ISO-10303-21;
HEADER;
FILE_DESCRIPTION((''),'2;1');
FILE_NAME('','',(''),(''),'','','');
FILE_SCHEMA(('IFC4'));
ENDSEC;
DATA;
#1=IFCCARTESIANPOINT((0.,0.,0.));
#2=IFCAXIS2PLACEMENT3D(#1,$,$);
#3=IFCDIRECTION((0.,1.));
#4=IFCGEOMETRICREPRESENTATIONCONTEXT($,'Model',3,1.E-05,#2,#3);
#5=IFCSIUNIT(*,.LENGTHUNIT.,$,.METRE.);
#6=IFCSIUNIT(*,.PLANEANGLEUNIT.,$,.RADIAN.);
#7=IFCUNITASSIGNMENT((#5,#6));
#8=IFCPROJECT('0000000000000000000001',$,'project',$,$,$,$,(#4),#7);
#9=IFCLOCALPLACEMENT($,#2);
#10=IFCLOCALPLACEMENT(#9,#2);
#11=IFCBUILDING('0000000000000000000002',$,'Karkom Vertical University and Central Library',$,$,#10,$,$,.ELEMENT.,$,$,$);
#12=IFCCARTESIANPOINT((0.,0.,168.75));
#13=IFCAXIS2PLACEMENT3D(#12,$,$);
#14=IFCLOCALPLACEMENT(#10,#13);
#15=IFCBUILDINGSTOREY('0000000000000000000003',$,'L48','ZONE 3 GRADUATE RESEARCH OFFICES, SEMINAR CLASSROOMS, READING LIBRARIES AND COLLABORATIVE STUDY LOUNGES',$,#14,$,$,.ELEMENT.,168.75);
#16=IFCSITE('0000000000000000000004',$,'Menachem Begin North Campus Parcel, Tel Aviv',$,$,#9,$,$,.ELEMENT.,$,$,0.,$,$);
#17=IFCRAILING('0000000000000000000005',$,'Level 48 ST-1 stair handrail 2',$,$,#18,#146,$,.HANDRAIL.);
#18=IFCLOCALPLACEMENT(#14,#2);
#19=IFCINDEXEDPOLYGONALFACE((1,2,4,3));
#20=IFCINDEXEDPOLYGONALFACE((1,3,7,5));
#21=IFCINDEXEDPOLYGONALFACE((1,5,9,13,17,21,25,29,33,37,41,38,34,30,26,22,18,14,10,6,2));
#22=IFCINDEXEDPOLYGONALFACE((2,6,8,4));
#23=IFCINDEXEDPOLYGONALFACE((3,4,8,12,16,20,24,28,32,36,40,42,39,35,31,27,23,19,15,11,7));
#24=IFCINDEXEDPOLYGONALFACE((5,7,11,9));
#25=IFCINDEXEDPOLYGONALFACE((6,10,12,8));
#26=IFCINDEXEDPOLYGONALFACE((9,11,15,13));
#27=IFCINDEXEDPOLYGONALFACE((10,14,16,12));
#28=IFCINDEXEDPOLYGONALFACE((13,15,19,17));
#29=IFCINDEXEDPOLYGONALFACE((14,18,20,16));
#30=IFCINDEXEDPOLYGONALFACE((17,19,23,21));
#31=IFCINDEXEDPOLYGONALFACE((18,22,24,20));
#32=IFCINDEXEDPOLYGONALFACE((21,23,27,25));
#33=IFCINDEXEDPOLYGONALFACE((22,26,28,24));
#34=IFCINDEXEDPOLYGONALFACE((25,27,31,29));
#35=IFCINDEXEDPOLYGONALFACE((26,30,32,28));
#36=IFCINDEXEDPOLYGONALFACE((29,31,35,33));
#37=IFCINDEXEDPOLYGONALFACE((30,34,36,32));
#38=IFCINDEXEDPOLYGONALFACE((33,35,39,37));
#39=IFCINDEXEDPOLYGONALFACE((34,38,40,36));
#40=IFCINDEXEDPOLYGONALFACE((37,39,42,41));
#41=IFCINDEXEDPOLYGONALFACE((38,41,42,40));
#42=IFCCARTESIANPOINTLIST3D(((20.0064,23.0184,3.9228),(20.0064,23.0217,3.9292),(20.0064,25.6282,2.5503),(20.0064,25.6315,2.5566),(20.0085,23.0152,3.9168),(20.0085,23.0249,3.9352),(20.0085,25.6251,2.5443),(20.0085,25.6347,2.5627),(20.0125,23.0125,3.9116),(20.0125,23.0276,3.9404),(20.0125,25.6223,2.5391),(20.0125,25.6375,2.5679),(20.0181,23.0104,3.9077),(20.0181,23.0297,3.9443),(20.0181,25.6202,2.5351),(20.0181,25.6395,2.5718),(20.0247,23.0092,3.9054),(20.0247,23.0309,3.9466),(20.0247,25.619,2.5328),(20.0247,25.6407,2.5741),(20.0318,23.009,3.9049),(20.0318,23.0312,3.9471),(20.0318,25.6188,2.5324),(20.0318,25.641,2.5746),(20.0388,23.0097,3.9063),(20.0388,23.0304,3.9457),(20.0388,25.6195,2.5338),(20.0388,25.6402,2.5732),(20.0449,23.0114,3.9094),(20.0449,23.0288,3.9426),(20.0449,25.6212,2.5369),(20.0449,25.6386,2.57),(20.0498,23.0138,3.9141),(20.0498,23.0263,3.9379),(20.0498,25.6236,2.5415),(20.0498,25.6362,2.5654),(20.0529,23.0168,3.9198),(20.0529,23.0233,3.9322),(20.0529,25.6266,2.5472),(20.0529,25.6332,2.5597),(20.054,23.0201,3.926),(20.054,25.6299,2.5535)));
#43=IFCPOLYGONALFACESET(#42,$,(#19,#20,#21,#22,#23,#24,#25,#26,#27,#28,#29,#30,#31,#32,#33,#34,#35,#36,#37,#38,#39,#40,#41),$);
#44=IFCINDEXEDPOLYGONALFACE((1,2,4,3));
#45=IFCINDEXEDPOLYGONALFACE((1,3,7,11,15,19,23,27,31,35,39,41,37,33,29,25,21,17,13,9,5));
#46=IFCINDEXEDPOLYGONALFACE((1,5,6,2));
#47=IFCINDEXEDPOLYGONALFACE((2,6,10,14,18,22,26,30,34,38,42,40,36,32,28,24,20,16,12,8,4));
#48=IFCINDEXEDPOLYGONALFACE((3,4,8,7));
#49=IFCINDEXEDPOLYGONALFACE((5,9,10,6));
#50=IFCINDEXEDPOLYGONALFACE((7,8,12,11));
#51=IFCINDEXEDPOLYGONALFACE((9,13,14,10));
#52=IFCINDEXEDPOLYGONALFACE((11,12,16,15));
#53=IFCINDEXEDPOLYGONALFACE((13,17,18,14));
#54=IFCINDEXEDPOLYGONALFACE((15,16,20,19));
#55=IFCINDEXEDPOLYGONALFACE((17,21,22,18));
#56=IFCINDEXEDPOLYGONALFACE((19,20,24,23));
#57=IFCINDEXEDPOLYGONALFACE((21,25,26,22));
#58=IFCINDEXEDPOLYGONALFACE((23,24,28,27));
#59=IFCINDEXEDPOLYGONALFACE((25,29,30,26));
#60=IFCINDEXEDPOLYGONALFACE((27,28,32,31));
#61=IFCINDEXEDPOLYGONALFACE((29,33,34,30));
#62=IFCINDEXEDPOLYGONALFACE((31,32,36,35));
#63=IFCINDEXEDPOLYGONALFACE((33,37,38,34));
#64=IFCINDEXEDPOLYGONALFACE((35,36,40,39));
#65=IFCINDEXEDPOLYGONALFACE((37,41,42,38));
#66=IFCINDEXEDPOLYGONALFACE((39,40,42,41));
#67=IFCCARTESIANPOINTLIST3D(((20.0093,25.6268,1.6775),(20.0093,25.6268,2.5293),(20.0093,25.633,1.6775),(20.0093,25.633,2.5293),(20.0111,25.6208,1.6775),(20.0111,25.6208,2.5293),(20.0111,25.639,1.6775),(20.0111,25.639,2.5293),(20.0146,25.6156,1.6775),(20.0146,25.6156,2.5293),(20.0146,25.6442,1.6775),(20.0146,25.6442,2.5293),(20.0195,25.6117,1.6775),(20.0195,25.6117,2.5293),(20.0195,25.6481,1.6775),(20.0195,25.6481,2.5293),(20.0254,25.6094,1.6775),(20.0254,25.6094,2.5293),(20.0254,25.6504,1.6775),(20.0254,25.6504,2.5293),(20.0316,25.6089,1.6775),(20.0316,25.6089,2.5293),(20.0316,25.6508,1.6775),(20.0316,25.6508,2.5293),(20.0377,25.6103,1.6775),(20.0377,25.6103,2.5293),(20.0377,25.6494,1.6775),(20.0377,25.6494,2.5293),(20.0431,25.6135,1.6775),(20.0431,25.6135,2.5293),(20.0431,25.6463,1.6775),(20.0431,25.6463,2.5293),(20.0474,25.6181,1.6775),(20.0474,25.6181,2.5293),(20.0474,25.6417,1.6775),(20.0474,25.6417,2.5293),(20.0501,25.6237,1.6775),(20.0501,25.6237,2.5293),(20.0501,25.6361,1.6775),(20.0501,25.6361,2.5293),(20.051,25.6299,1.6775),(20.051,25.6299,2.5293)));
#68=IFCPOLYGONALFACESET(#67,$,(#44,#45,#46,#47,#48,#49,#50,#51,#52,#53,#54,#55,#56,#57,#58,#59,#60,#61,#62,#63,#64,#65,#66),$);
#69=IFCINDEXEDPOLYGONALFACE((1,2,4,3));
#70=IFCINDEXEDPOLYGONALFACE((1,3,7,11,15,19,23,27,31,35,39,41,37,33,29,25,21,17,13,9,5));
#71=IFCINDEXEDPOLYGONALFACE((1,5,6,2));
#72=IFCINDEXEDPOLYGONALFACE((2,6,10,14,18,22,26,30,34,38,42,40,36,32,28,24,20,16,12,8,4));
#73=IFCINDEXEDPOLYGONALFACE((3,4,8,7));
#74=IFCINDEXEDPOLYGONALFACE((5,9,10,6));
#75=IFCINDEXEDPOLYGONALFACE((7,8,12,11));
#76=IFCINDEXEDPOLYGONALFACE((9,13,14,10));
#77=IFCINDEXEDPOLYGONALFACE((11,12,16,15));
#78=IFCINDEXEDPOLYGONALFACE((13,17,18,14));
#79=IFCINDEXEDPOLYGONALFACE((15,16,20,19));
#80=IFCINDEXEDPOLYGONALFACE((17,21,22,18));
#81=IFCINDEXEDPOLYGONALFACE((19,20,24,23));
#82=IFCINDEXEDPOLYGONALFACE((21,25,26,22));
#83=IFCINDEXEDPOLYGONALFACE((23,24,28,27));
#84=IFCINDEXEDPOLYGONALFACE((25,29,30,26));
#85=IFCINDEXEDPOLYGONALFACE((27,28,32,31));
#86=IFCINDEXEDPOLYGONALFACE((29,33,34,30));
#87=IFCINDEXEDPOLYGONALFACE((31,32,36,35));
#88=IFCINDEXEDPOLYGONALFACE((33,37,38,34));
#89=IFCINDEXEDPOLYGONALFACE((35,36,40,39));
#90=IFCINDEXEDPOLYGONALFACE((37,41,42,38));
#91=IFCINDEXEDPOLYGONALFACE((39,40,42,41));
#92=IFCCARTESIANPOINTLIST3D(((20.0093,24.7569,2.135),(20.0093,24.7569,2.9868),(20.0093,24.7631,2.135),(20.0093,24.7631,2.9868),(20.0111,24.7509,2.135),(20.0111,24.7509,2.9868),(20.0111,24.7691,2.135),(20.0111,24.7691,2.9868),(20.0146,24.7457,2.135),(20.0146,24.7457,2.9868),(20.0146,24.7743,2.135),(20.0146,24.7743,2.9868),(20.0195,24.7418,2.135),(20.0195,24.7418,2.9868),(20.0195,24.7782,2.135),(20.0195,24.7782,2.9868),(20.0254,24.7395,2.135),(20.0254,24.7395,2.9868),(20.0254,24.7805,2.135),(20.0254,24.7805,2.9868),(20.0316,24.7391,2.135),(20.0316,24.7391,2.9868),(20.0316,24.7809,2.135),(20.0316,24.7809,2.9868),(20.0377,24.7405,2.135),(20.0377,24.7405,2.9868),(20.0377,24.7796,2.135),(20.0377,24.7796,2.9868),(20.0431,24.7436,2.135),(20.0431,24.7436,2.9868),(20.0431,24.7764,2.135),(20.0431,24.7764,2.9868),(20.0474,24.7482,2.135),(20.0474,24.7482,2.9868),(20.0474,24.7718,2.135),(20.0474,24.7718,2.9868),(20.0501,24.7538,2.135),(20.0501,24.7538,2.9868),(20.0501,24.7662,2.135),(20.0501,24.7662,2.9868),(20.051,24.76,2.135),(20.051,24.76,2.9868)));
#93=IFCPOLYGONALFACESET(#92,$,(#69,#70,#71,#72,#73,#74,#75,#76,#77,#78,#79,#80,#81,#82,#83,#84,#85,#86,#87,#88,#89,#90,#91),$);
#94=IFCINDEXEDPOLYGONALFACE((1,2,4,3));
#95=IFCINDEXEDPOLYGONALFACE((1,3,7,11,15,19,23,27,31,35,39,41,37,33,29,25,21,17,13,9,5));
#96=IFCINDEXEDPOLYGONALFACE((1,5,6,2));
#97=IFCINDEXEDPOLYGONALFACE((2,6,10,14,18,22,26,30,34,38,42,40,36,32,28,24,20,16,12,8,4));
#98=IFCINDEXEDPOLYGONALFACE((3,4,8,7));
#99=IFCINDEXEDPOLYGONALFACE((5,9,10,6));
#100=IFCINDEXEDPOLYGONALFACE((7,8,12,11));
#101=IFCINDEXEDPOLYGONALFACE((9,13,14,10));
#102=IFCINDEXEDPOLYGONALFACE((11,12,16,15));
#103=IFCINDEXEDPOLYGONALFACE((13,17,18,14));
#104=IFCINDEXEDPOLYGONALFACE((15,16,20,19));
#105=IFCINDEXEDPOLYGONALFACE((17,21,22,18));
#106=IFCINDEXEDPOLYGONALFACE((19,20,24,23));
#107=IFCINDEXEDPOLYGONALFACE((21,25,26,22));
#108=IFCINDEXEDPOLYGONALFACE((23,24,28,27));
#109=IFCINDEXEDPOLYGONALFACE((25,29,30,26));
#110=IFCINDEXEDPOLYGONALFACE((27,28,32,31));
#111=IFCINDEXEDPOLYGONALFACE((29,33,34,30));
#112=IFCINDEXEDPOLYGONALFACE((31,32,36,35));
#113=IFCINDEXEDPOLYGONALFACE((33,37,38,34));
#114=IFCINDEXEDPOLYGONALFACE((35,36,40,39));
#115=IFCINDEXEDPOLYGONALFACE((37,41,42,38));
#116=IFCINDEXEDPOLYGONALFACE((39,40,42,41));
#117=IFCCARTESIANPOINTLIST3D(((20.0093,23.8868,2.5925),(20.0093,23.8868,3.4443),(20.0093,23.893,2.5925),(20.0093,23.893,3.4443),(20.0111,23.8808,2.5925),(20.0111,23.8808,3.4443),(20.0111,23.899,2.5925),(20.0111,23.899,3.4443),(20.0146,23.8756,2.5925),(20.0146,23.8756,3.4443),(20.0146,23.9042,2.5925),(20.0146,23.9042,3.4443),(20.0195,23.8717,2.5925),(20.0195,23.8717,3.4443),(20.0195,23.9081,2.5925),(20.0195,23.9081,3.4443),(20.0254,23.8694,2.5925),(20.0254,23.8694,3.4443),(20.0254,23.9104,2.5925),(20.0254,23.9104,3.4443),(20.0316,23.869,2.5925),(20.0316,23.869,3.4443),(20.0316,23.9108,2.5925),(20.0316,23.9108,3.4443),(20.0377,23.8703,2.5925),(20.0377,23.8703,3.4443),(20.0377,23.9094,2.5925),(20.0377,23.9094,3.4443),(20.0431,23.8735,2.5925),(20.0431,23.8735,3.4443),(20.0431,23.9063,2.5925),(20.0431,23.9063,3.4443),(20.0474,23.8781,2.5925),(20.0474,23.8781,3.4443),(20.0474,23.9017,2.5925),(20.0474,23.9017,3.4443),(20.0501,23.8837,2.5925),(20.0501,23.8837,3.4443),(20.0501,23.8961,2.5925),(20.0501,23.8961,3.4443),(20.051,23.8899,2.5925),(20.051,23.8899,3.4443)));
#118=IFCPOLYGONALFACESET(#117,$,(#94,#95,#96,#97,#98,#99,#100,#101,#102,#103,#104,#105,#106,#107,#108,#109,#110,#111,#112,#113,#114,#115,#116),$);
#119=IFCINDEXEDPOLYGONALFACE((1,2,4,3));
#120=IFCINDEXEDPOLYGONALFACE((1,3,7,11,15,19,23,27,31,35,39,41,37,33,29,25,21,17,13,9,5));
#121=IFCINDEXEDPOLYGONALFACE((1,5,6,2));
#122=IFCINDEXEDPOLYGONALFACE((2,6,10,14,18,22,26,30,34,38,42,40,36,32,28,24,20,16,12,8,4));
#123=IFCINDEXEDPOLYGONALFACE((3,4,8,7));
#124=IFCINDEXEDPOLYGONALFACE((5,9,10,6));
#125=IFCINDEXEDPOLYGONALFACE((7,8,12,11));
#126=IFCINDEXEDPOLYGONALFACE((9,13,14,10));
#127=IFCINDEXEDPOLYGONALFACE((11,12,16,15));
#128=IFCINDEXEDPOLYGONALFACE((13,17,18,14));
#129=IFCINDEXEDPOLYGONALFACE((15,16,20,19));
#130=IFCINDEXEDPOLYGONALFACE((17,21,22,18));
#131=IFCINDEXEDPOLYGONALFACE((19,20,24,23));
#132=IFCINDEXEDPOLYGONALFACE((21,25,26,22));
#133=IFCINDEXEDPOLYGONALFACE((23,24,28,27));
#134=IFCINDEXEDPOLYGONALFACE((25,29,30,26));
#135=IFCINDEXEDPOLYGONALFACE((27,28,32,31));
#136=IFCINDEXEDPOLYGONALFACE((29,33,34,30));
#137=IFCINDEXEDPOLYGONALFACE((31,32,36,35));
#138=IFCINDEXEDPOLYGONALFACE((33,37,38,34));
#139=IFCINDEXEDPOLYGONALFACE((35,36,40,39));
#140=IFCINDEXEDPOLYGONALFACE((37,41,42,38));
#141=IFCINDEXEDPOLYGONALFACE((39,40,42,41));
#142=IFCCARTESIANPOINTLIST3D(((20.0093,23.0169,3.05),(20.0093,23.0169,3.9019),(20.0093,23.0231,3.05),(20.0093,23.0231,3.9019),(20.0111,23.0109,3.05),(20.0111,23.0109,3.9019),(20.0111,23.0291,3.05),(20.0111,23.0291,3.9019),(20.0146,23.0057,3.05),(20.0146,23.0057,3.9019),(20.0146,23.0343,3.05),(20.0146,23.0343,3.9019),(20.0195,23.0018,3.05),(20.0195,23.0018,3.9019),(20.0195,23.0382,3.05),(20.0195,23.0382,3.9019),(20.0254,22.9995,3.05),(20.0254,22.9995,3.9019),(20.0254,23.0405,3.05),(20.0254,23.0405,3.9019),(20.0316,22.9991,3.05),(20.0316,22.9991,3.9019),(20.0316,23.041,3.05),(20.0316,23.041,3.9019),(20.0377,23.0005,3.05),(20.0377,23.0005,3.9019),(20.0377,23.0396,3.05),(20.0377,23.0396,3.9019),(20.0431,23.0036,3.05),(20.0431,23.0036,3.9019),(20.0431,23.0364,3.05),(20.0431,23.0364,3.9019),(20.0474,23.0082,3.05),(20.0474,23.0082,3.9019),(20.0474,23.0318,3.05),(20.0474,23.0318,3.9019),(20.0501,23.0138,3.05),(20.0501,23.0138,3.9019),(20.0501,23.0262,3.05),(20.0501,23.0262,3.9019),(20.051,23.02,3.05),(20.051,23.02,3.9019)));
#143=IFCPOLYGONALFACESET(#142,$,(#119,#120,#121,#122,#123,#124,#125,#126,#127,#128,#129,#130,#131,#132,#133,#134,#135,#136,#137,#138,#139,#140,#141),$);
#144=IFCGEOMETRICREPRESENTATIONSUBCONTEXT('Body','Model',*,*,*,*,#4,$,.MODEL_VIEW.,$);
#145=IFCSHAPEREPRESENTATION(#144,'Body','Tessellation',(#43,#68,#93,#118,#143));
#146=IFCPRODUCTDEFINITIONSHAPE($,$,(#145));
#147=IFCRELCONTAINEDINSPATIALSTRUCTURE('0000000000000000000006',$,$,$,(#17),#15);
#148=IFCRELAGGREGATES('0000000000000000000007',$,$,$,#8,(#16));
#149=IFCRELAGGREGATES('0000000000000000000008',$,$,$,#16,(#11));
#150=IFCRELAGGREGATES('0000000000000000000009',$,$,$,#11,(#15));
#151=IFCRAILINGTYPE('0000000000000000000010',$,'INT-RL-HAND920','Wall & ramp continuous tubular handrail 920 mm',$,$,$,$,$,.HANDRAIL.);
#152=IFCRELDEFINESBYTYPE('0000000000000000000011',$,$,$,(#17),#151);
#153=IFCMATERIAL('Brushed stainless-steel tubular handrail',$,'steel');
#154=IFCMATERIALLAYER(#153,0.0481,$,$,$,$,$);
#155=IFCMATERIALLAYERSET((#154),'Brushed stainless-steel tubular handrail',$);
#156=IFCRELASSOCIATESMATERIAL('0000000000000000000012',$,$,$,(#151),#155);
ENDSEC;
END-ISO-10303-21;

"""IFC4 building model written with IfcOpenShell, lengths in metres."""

from ifc_helpers import new_model, si_unit, direction, frame, origin, origin_2d, place, context, subcontext, project, spatial, circle, extrude, material, layer, layer_set, type_object, element, save


model = new_model("IFC4")

# Units and contexts
model_context = context("Model", 3, precision=1e-05, world=origin(), true_north=direction((0.0, 1.0)))
body_context = subcontext(model_context, "Body", "Model", "MODEL_VIEW")
ifc_project = project(units=[si_unit("LENGTHUNIT", "METRE"), si_unit("PLANEANGLEUNIT", "RADIAN")], contexts=[model_context])

# Site, building, storey
site_placement = place(None, origin())
site = spatial("IfcSite", under=ifc_project, at=site_placement, Name="Menachem Begin North Campus Parcel, Tel Aviv", CompositionType="ELEMENT", RefElevation=0.0)
building_placement = place(site_placement, origin())
building = spatial("IfcBuilding", under=site, at=building_placement, Name="Karkom Vertical University and Central Library", CompositionType="ELEMENT")
storey_placement = place(building_placement, frame((0.0, 0.0, 168.75)))
storey = spatial("IfcBuildingStorey", under=building, at=storey_placement, Name="L48", Description="ZONE 3 GRADUATE RESEARCH OFFICES, SEMINAR CLASSROOMS, READING LIBRARIES AND COLLABORATIVE STUDY LOUNGES", CompositionType="ELEMENT", Elevation=168.75)

# Railing
ifc_material_1 = material(Name="Brushed stainless-steel tubular handrail", Category="steel")
ifc_layer_1 = layer(ifc_material_1, 0.0481)
ifc_layer_set_1 = layer_set([ifc_layer_1], Name="Brushed stainless-steel tubular handrail")
railing_type_1 = type_object("IfcRailingType", Name="INT-RL-HAND920", Description="Wall & ramp continuous tubular handrail 920 mm", PredefinedType="HANDRAIL", material=ifc_layer_set_1)
railing_1_placement = place(storey_placement, frame((20.03, 25.6299, 1.6775)))
element("IfcRailing", 1, at=railing_1_placement, inside=storey, type_object=railing_type_1, Name="Level 48 ST-1 stair handrail 2", PredefinedType="HANDRAIL", context=body_context, shape_type="SweptSolid", body=[
    extrude(circle(Radius=0.0239, at=origin_2d()), frame((0.0, 0.0, 0.876), z_axis=(0.0, -0.885065, 0.465467), x_axis=(1.0, 0.0, 0.0)), (0.0, 0.0, 1.0), 2.9487),
    extrude(circle(Radius=0.021, at=origin_2d()), origin(), (0.0, 0.0, 1.0), 0.8518),
    extrude(circle(Radius=0.021, at=origin_2d()), frame((0.0, -0.8699, 0.4575)), (0.0, 0.0, 1.0), 0.8518),
    extrude(circle(Radius=0.021, at=origin_2d()), frame((0.0, -1.74, 0.915)), (0.0, 0.0, 1.0), 0.8518),
    extrude(circle(Radius=0.021, at=origin_2d()), frame((0.0, -2.6099, 1.3726)), (0.0, 0.0, 1.0), 0.8518),
])

save(model, "model.ifc")
